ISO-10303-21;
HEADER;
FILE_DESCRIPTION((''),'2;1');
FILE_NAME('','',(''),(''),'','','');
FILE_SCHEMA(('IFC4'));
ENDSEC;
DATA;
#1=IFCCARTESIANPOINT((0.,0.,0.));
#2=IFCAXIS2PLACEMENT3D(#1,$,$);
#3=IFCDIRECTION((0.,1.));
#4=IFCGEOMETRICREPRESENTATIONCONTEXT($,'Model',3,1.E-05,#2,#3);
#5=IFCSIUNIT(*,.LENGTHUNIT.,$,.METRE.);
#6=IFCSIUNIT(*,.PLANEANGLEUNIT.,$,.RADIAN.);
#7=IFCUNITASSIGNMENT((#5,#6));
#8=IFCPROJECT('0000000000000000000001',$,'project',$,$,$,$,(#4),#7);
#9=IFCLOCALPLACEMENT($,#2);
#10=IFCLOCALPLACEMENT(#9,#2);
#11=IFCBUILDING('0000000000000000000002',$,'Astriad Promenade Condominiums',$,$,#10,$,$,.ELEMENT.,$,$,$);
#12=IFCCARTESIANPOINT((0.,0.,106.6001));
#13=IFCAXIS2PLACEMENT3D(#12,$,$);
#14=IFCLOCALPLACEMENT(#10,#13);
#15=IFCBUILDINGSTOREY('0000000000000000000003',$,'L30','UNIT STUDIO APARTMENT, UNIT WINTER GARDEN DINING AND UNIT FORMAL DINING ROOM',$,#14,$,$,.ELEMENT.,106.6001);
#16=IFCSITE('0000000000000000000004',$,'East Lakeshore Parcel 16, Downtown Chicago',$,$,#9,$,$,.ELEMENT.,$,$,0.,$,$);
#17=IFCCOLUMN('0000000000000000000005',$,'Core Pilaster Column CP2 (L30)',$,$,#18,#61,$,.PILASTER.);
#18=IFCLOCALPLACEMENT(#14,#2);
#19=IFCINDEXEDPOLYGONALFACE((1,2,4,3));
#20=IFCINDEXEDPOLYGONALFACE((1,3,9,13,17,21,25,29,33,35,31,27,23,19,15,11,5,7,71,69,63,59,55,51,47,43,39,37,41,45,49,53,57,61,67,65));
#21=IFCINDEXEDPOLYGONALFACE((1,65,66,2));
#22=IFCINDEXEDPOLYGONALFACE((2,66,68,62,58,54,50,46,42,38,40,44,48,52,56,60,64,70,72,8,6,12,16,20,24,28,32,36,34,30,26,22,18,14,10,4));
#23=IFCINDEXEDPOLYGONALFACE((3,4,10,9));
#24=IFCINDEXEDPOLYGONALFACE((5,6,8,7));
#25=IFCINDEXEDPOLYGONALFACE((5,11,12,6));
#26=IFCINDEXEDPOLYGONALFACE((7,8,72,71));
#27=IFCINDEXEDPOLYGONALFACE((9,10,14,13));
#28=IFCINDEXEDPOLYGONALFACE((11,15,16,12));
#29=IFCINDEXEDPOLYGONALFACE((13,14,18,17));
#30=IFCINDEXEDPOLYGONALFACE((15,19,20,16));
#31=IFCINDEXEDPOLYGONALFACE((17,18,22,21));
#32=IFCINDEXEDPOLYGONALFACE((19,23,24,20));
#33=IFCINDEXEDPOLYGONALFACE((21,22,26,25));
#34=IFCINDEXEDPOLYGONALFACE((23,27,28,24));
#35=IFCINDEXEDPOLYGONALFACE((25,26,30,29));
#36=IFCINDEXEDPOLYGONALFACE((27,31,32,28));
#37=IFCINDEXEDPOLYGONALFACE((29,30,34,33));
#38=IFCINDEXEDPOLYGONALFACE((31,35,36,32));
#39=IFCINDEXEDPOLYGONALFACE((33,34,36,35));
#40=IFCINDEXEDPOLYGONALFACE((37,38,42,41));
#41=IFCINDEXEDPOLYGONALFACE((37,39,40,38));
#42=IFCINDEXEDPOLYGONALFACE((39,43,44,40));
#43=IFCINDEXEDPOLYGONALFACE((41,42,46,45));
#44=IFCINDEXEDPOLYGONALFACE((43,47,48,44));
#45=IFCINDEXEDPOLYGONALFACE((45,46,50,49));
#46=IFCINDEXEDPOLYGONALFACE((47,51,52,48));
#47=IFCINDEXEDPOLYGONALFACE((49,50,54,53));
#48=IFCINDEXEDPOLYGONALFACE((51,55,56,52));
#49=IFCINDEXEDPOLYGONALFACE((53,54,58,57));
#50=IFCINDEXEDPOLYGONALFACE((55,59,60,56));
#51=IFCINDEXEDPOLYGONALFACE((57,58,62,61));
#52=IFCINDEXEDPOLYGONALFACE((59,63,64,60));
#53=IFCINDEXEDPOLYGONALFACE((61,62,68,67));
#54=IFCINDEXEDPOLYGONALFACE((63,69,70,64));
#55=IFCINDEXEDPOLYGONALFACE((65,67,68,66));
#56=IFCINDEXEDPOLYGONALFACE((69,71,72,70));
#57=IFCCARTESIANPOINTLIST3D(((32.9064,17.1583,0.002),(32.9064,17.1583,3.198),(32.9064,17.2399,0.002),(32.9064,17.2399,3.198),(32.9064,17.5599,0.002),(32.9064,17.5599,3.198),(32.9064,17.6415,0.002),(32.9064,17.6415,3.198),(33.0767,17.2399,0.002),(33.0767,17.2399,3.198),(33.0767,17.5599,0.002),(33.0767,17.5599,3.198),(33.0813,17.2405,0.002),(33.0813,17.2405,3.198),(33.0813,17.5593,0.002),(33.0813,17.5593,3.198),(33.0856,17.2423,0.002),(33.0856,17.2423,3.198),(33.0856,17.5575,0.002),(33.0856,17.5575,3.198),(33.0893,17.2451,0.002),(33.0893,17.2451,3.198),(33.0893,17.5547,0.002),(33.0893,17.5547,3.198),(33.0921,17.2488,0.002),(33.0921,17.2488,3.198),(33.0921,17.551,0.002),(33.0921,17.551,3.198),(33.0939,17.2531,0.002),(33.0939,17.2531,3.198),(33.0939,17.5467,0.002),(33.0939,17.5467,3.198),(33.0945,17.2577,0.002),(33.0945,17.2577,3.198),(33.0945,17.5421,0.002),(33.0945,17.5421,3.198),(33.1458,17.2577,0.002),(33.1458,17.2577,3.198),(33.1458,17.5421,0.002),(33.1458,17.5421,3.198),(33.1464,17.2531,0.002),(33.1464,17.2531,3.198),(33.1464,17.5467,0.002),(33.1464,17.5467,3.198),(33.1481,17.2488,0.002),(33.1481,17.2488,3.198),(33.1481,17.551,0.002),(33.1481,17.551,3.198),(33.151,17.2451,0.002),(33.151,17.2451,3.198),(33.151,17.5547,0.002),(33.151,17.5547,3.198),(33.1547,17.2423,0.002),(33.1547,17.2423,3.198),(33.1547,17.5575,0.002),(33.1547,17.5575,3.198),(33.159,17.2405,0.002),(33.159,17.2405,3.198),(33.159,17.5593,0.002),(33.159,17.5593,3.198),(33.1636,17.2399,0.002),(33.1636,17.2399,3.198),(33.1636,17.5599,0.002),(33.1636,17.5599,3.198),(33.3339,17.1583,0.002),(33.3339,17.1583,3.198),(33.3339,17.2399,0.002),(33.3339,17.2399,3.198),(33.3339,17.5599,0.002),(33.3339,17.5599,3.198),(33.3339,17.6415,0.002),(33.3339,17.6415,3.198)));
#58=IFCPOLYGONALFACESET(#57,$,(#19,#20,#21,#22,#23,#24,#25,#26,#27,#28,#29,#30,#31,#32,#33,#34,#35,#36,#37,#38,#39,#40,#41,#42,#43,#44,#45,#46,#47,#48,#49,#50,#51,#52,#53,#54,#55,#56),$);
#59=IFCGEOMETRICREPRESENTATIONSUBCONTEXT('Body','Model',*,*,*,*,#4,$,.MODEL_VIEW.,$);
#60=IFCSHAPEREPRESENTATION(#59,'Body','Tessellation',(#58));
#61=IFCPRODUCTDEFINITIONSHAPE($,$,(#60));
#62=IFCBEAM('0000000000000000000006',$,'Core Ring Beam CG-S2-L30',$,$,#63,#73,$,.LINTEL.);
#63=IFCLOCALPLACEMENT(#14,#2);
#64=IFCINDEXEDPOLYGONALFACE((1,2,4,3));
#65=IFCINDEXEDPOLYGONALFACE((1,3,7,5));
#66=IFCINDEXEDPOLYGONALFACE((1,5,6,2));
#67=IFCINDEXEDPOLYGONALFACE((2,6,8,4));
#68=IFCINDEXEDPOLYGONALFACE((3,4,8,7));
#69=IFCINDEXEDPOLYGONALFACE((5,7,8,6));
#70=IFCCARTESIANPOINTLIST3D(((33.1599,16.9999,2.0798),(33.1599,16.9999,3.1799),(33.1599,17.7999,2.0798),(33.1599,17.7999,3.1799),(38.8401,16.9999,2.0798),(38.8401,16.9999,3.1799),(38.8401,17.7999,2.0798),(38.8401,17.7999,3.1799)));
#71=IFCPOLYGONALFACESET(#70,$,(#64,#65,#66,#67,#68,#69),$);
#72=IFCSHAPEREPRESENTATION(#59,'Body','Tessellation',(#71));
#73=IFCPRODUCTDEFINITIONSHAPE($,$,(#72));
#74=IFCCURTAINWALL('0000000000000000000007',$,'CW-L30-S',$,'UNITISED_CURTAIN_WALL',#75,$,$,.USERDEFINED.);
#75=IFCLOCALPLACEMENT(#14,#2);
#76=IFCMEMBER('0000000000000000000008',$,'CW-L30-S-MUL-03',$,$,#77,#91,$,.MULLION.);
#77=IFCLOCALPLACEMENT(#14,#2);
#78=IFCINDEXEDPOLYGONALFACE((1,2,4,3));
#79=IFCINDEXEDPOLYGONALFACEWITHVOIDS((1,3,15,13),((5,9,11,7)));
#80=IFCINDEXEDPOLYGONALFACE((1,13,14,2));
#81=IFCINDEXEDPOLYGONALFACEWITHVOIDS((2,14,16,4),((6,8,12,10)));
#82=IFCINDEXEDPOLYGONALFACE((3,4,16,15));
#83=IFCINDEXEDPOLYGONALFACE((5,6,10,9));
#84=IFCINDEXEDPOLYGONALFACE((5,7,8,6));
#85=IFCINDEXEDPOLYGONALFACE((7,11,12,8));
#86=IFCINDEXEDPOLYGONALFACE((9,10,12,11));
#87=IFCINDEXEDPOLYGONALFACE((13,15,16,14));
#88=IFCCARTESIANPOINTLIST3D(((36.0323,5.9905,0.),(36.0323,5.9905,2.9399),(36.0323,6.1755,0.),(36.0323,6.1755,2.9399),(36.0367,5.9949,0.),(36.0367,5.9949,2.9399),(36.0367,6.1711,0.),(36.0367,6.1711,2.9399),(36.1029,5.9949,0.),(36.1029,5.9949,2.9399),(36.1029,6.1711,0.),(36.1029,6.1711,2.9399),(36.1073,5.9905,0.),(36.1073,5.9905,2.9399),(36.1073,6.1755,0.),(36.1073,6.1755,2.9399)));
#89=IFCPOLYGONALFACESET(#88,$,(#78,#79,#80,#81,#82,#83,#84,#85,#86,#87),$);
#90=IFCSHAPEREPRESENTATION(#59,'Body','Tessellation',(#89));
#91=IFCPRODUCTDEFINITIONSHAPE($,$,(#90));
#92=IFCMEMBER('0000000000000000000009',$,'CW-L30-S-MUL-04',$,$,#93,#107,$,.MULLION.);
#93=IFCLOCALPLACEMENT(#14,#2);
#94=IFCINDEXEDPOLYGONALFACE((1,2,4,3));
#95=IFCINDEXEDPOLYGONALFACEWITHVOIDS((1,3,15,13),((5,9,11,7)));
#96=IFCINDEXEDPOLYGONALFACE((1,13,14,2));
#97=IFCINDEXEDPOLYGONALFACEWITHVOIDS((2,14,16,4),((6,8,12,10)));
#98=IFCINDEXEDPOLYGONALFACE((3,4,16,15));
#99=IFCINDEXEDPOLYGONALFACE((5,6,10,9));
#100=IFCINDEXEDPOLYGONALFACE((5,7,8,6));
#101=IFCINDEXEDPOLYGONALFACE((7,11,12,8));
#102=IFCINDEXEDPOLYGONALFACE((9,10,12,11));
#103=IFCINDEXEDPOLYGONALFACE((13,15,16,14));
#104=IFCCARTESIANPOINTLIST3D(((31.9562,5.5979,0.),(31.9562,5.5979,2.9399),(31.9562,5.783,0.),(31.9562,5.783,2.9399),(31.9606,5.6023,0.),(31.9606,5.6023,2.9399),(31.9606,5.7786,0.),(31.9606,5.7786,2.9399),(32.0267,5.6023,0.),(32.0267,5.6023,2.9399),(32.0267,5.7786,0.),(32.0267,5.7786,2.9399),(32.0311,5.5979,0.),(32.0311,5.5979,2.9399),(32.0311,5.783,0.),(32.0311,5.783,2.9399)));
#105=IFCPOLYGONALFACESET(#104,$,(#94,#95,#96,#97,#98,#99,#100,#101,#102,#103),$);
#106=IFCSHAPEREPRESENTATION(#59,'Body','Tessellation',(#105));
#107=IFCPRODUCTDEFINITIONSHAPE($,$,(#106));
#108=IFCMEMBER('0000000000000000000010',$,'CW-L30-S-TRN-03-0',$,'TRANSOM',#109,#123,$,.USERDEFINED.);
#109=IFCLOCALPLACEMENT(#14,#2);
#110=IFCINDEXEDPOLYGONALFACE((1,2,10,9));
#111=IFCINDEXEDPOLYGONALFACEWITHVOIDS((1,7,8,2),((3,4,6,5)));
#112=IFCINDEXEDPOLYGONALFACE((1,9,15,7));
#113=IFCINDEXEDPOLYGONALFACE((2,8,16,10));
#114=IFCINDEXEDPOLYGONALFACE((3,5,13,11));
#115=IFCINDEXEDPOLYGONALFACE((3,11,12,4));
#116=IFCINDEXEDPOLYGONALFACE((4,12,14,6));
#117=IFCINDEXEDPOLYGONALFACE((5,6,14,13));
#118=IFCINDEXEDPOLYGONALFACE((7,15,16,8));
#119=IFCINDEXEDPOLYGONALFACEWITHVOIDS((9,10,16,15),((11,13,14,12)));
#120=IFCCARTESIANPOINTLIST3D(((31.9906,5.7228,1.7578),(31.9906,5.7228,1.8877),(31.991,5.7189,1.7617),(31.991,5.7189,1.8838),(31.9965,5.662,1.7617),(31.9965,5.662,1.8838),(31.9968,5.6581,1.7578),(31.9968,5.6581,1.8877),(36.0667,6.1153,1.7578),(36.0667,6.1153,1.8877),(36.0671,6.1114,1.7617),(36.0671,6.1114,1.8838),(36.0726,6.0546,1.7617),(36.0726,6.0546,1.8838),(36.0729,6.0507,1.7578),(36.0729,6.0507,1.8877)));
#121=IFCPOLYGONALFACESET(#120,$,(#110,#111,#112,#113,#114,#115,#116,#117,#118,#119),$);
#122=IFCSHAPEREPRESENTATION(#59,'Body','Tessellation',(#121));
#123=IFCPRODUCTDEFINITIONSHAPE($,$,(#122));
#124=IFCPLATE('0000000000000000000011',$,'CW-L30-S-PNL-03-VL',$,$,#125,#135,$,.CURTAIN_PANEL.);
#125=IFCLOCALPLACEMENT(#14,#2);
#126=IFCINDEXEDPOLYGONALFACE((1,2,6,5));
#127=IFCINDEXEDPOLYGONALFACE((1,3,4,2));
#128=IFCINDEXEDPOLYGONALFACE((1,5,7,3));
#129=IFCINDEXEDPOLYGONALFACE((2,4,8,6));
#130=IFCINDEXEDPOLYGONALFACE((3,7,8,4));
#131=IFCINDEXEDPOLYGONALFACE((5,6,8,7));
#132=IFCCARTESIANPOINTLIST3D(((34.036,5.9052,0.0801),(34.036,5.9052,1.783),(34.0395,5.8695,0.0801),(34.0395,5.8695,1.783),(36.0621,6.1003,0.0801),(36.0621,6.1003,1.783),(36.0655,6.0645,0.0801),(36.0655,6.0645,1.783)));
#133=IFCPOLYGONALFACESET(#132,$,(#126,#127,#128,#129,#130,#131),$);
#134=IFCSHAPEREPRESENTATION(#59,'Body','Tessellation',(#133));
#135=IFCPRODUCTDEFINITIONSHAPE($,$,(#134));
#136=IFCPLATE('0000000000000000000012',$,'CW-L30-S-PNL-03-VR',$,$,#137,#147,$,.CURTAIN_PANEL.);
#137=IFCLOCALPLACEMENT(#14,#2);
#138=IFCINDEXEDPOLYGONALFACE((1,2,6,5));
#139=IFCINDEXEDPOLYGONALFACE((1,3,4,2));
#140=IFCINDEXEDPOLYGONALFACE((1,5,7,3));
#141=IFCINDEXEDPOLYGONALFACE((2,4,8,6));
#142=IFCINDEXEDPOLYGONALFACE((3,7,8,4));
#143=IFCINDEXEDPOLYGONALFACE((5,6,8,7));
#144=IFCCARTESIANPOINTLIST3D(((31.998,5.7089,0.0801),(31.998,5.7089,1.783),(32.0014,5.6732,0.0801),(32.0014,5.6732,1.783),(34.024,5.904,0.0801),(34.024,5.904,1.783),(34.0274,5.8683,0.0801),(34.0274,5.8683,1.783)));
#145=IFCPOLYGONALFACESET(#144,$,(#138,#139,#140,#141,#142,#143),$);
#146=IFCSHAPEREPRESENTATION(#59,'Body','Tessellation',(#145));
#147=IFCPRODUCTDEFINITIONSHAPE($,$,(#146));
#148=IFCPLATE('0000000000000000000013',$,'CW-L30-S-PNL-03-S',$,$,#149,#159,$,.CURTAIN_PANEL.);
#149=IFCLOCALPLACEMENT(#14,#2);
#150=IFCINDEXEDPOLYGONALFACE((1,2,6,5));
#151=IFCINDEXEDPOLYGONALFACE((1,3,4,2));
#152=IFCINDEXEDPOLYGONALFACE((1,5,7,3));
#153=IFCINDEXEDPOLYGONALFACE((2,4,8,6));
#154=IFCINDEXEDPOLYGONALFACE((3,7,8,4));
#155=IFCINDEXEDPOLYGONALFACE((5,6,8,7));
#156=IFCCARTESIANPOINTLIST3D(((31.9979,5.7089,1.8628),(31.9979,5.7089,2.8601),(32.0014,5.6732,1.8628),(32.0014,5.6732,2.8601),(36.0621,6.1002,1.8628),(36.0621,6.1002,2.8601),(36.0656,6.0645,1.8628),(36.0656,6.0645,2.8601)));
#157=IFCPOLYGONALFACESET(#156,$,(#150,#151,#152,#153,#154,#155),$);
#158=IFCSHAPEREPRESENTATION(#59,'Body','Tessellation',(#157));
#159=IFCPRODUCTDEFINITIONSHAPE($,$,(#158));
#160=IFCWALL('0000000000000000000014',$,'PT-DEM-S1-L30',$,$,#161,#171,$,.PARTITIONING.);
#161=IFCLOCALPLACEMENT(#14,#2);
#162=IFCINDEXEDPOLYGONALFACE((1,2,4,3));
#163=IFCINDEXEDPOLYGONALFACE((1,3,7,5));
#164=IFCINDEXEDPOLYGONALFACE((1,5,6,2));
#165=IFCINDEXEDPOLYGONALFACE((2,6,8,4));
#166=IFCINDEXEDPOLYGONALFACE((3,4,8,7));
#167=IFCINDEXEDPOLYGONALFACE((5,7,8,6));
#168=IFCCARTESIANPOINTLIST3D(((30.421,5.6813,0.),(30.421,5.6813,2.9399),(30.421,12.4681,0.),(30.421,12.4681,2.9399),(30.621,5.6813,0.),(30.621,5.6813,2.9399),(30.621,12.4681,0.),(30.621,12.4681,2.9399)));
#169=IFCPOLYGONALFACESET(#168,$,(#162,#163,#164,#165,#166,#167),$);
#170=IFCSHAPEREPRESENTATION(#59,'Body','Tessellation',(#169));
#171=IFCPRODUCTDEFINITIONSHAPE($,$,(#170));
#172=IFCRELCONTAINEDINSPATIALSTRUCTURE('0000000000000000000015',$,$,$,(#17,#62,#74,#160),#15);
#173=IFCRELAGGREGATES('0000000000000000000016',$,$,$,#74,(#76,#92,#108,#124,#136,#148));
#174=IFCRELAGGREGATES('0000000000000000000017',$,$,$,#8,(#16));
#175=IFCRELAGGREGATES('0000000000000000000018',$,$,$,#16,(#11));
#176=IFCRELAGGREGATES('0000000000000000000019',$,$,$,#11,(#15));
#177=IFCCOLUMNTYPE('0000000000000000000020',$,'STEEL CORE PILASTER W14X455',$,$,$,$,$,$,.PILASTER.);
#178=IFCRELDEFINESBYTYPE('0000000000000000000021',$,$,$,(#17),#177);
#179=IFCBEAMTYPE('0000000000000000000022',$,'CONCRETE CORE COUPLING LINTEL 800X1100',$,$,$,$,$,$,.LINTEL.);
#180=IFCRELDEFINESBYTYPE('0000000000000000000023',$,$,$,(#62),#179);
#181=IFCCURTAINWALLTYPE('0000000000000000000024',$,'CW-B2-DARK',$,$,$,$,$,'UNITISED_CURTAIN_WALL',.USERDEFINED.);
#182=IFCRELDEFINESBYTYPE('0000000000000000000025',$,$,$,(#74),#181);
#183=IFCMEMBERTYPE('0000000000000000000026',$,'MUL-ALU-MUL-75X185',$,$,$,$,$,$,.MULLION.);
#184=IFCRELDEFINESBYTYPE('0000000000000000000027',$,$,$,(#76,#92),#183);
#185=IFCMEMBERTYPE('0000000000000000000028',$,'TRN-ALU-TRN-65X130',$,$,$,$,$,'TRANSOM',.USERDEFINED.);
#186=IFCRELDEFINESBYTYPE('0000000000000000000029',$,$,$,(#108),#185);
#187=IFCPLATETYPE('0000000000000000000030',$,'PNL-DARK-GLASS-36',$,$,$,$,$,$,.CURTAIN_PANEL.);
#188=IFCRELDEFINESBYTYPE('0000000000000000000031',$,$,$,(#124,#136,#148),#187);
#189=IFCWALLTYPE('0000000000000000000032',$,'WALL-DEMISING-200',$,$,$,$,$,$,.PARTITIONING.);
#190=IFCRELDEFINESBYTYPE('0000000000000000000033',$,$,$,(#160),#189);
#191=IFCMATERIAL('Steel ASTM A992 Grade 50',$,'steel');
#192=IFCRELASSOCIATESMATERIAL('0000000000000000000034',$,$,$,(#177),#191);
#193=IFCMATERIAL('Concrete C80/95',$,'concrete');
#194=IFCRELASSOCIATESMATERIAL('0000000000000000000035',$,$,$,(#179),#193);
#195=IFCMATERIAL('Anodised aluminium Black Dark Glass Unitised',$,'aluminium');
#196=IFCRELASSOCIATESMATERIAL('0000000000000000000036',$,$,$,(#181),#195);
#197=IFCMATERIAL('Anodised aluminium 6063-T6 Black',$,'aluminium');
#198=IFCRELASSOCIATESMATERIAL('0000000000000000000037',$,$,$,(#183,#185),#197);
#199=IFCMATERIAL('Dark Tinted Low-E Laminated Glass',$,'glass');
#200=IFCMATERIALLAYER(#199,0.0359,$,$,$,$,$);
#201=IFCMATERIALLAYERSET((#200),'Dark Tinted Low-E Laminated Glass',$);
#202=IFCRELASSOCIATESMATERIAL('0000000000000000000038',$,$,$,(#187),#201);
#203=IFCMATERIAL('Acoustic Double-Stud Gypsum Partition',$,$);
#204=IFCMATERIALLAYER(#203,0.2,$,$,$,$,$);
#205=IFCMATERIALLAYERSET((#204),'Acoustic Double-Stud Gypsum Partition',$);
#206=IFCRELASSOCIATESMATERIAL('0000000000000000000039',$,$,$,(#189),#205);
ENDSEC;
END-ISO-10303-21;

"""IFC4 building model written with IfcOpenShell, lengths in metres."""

from ifc_helpers import new_model, si_unit, direction, frame, frame_2d, origin, origin_2d, place, context, subcontext, project, spatial, rectangle, hollow_rectangle, i_section, extrude, source, transform, mapped, material, layer, layer_set, material_profile, profile_set, type_object, type_shapes, element, aggregate, save


model = new_model("IFC4")

# Units and contexts
model_context = context("Model", 3, precision=1e-05, world=origin(), true_north=direction((0.0, 1.0)))
body_context = subcontext(model_context, "Body", "Model", "MODEL_VIEW")
ifc_project = project(units=[si_unit("LENGTHUNIT", "METRE"), si_unit("PLANEANGLEUNIT", "RADIAN")], contexts=[model_context])

# Site, building, storey
site_placement = place(None, origin())
site = spatial("IfcSite", under=ifc_project, at=site_placement, Name="East Lakeshore Parcel 16, Downtown Chicago", CompositionType="ELEMENT", RefElevation=0.0)
building_placement = place(site_placement, origin())
building = spatial("IfcBuilding", under=site, at=building_placement, Name="Astriad Promenade Condominiums", CompositionType="ELEMENT")
storey_placement = place(building_placement, frame((0.0, 0.0, 106.6001)))
storey = spatial("IfcBuildingStorey", under=building, at=storey_placement, Name="L30", Description="UNIT STUDIO APARTMENT, UNIT WINTER GARDEN DINING AND UNIT FORMAL DINING ROOM", CompositionType="ELEMENT", Elevation=106.6001)

# Column
ifc_material_1 = material(Name="Steel ASTM A992 Grade 50", Category="steel")
ifc_material_profile_1 = material_profile(ifc_material_1, i_section(OverallWidth=0.4275, OverallDepth=0.4832, WebThickness=0.0513, FlangeThickness=0.0815, FilletRadius=0.0178, at=origin_2d()), Name="W14X455")
ifc_profile_set_1 = profile_set([ifc_material_profile_1], Name="Steel ASTM A992 Grade 50")
column_type = type_object("IfcColumnType", Name="STEEL CORE PILASTER W14X455", PredefinedType="PILASTER", material=ifc_profile_set_1)
shared_shape_1 = source(origin(), body_context, "Body", "SweptSolid", [
    extrude(i_section(OverallWidth=0.4275, OverallDepth=0.4832, WebThickness=0.0513, FlangeThickness=0.0815, FilletRadius=0.0178, at=origin_2d()), origin(), (0.0, 0.0, 1.0), 3.196),
])
type_shapes(column_type, [shared_shape_1])
column_placement = place(storey_placement, frame((33.1201, 17.3999, 0.002), z_axis=(0.0, 0.0, 1.0), x_axis=(1.0, 0.0, 0.0)))
element("IfcColumn", 1, at=column_placement, inside=storey, type_object=column_type, Name="Core Pilaster Column CP2 (L30)", PredefinedType="PILASTER", context=body_context, shape_type="MappedRepresentation", body=[
    mapped(shared_shape_1, transform((0.0, 0.0, 0.0), scale=1.0)),
])

# Beam
ifc_material_2 = material(Name="Concrete C80/95", Category="concrete")
ifc_material_profile_2 = material_profile(ifc_material_2, rectangle(XDim=0.8, YDim=1.1001, at=origin_2d()), Name="RC-BM-800X1100")
ifc_profile_set_2 = profile_set([ifc_material_profile_2], Name="Concrete C80/95")
beam_type = type_object("IfcBeamType", Name="CONCRETE CORE COUPLING LINTEL 800X1100", PredefinedType="LINTEL", material=ifc_profile_set_2)
shared_shape_2 = source(origin(), body_context, "Body", "SweptSolid", [
    extrude(rectangle(XDim=0.8, YDim=1.1001, at=origin_2d()), origin(), (0.0, 0.0, 1.0), 5.6802),
])
type_shapes(beam_type, [shared_shape_2])
beam_placement = place(storey_placement, frame((33.1599, 17.3999, 2.6299), z_axis=(1.0, 0.0, 0.0), x_axis=(0.0, 1.0, 0.0)))
element("IfcBeam", 2, at=beam_placement, inside=storey, type_object=beam_type, Name="Core Ring Beam CG-S2-L30", PredefinedType="LINTEL", context=body_context, shape_type="MappedRepresentation", body=[
    mapped(shared_shape_2, transform((0.0, 0.0, 0.0), scale=1.0)),
])

# Curtain wall, members, plates
ifc_material_3 = material(Name="Anodised aluminium Black Dark Glass Unitised", Category="aluminium")
curtain_wall_type = type_object("IfcCurtainWallType", Name="CW-B2-DARK", ElementType="UNITISED_CURTAIN_WALL", PredefinedType="USERDEFINED", material=ifc_material_3)
curtain_wall_placement = place(storey_placement, origin())
curtain_wall = element("IfcCurtainWall", 3, at=curtain_wall_placement, inside=storey, type_object=curtain_wall_type, Name="CW-L30-S", ObjectType="UNITISED_CURTAIN_WALL", PredefinedType="USERDEFINED")
ifc_material_4 = material(Name="Anodised aluminium 6063-T6 Black", Category="aluminium")
ifc_material_profile_3 = material_profile(ifc_material_4, hollow_rectangle(XDim=0.075, YDim=0.1851, WallThickness=0.0044, at=origin_2d()), Name="ALU-MUL-75X185")
ifc_profile_set_3 = profile_set([ifc_material_profile_3], Name="Anodised aluminium 6063-T6 Black")
member_type_1 = type_object("IfcMemberType", Name="MUL-ALU-MUL-75X185", PredefinedType="MULLION", material=ifc_profile_set_3)
shared_shape_3 = source(origin(), body_context, "Body", "SweptSolid", [
    extrude(hollow_rectangle(XDim=0.075, YDim=0.1851, WallThickness=0.0044, at=origin_2d()), origin(), (0.0, 0.0, 1.0), 2.9399),
])
type_shapes(member_type_1, [shared_shape_3])
member_1_placement = place(storey_placement, frame((36.0698, 6.083, 0.0), z_axis=(0.0, 0.0, 1.0), x_axis=(1.0, 0.0, 0.0)))
member_1 = element("IfcMember", 4, at=member_1_placement, type_object=member_type_1, Name="CW-L30-S-MUL-03", PredefinedType="MULLION", context=body_context, shape_type="MappedRepresentation", body=[
    mapped(shared_shape_3, transform((0.0, 0.0, 0.0), scale=1.0)),
])
member_2_placement = place(storey_placement, frame((31.9937, 5.6904, 0.0), z_axis=(0.0, 0.0, 1.0), x_axis=(1.0, 0.0, 0.0)))
member_2 = element("IfcMember", 5, at=member_2_placement, type_object=member_type_1, Name="CW-L30-S-MUL-04", PredefinedType="MULLION", context=body_context, shape_type="MappedRepresentation", body=[
    mapped(shared_shape_3, transform((0.0, 0.0, 0.0), scale=1.0)),
])
ifc_material_profile_4 = material_profile(ifc_material_4, hollow_rectangle(XDim=0.0649, YDim=0.1299, WallThickness=0.0039, at=origin_2d()), Name="ALU-TRN-65X130")
ifc_profile_set_4 = profile_set([ifc_material_profile_4], Name="Anodised aluminium 6063-T6 Black")
member_type_2 = type_object("IfcMemberType", Name="TRN-ALU-TRN-65X130", ElementType="TRANSOM", PredefinedType="USERDEFINED", material=ifc_profile_set_4)
shared_shape_4 = source(origin(), body_context, "Body", "SweptSolid", [
    extrude(hollow_rectangle(XDim=0.0649, YDim=0.1299, WallThickness=0.0039, at=origin_2d()), origin(), (0.0, 0.0, 1.0), 4.095),
])
type_shapes(member_type_2, [shared_shape_4])
member_3_placement = place(storey_placement, frame((36.0698, 6.083, 1.8228), z_axis=(-0.995394, -0.095867, 0.0), x_axis=(0.095867, -0.995394, 0.0)))
member_3 = element("IfcMember", 6, at=member_3_placement, type_object=member_type_2, Name="CW-L30-S-TRN-03-0", ObjectType="TRANSOM", PredefinedType="USERDEFINED", context=body_context, shape_type="MappedRepresentation", body=[
    mapped(shared_shape_4, transform((0.0, 0.0, 0.0), scale=1.0)),
])
ifc_material_5 = material(Name="Dark Tinted Low-E Laminated Glass", Category="glass")
ifc_layer_1 = layer(ifc_material_5, 0.0359)
ifc_layer_set_1 = layer_set([ifc_layer_1], Name="Dark Tinted Low-E Laminated Glass")
plate_type = type_object("IfcPlateType", Name="PNL-DARK-GLASS-36", PredefinedType="CURTAIN_PANEL", material=ifc_layer_set_1)
shared_shape_5 = source(origin(), body_context, "Body", "SweptSolid", [
    extrude(rectangle(XDim=2.0354, YDim=0.0359, at=origin_2d()), origin(), (0.0, 0.0, 1.0), 1.7029),
])
plate_1_placement = place(storey_placement, frame((35.0508, 5.9849, 0.0801), z_axis=(0.0, 0.0, 1.0), x_axis=(-0.995396, -0.095846, 0.0)))
plate_1 = element("IfcPlate", 7, at=plate_1_placement, type_object=plate_type, Name="CW-L30-S-PNL-03-VL", PredefinedType="CURTAIN_PANEL", context=body_context, shape_type="MappedRepresentation", body=[
    mapped(shared_shape_5, transform((0.0, 0.0, 0.0), scale=1.0)),
])
plate_2_placement = place(storey_placement, frame((33.0127, 5.7886, 0.0801), z_axis=(0.0, 0.0, 1.0), x_axis=(-0.995396, -0.095846, 0.0)))
plate_2 = element("IfcPlate", 8, at=plate_2_placement, type_object=plate_type, Name="CW-L30-S-PNL-03-VR", PredefinedType="CURTAIN_PANEL", context=body_context, shape_type="MappedRepresentation", body=[
    mapped(shared_shape_5, transform((0.0, 0.0, 0.0), scale=1.0)),
])
shared_shape_6 = source(origin(), body_context, "Body", "SweptSolid", [
    extrude(rectangle(XDim=4.083, YDim=0.0359, at=origin_2d()), origin(), (0.0, 0.0, 1.0), 0.9973),
])
type_shapes(plate_type, [shared_shape_5, shared_shape_6])
plate_3_placement = place(storey_placement, frame((34.0317, 5.8867, 1.8628), z_axis=(0.0, 0.0, 1.0), x_axis=(-0.995396, -0.095846, 0.0)))
plate_3 = element("IfcPlate", 9, at=plate_3_placement, type_object=plate_type, Name="CW-L30-S-PNL-03-S", PredefinedType="CURTAIN_PANEL", context=body_context, shape_type="MappedRepresentation", body=[
    mapped(shared_shape_6, transform((0.0, 0.0, 0.0), scale=1.0)),
])
aggregate(curtain_wall, [member_1, member_2, member_3, plate_1, plate_2, plate_3])

# Wall
ifc_material_6 = material(Name="Acoustic Double-Stud Gypsum Partition")
ifc_layer_2 = layer(ifc_material_6, 0.2)
ifc_layer_set_2 = layer_set([ifc_layer_2], Name="Acoustic Double-Stud Gypsum Partition")
wall_type_1 = type_object("IfcWallType", Name="WALL-DEMISING-200", PredefinedType="PARTITIONING", material=ifc_layer_set_2)
wall_1_placement = place(storey_placement, frame((30.521, 5.6812, 0.0), z_axis=(0.0, 0.0, 1.0), x_axis=(0.0, 1.0, 0.0)))
element("IfcWall", 10, at=wall_1_placement, inside=storey, type_object=wall_type_1, Name="PT-DEM-S1-L30", PredefinedType="PARTITIONING", context=body_context, shape_type="SweptSolid", body=[
    extrude(rectangle(XDim=6.7869, YDim=0.2, at=frame_2d((3.3936, 0.0))), origin(), (0.0, 0.0, 1.0), 2.9399),
])

save(model, "model.ifc")
